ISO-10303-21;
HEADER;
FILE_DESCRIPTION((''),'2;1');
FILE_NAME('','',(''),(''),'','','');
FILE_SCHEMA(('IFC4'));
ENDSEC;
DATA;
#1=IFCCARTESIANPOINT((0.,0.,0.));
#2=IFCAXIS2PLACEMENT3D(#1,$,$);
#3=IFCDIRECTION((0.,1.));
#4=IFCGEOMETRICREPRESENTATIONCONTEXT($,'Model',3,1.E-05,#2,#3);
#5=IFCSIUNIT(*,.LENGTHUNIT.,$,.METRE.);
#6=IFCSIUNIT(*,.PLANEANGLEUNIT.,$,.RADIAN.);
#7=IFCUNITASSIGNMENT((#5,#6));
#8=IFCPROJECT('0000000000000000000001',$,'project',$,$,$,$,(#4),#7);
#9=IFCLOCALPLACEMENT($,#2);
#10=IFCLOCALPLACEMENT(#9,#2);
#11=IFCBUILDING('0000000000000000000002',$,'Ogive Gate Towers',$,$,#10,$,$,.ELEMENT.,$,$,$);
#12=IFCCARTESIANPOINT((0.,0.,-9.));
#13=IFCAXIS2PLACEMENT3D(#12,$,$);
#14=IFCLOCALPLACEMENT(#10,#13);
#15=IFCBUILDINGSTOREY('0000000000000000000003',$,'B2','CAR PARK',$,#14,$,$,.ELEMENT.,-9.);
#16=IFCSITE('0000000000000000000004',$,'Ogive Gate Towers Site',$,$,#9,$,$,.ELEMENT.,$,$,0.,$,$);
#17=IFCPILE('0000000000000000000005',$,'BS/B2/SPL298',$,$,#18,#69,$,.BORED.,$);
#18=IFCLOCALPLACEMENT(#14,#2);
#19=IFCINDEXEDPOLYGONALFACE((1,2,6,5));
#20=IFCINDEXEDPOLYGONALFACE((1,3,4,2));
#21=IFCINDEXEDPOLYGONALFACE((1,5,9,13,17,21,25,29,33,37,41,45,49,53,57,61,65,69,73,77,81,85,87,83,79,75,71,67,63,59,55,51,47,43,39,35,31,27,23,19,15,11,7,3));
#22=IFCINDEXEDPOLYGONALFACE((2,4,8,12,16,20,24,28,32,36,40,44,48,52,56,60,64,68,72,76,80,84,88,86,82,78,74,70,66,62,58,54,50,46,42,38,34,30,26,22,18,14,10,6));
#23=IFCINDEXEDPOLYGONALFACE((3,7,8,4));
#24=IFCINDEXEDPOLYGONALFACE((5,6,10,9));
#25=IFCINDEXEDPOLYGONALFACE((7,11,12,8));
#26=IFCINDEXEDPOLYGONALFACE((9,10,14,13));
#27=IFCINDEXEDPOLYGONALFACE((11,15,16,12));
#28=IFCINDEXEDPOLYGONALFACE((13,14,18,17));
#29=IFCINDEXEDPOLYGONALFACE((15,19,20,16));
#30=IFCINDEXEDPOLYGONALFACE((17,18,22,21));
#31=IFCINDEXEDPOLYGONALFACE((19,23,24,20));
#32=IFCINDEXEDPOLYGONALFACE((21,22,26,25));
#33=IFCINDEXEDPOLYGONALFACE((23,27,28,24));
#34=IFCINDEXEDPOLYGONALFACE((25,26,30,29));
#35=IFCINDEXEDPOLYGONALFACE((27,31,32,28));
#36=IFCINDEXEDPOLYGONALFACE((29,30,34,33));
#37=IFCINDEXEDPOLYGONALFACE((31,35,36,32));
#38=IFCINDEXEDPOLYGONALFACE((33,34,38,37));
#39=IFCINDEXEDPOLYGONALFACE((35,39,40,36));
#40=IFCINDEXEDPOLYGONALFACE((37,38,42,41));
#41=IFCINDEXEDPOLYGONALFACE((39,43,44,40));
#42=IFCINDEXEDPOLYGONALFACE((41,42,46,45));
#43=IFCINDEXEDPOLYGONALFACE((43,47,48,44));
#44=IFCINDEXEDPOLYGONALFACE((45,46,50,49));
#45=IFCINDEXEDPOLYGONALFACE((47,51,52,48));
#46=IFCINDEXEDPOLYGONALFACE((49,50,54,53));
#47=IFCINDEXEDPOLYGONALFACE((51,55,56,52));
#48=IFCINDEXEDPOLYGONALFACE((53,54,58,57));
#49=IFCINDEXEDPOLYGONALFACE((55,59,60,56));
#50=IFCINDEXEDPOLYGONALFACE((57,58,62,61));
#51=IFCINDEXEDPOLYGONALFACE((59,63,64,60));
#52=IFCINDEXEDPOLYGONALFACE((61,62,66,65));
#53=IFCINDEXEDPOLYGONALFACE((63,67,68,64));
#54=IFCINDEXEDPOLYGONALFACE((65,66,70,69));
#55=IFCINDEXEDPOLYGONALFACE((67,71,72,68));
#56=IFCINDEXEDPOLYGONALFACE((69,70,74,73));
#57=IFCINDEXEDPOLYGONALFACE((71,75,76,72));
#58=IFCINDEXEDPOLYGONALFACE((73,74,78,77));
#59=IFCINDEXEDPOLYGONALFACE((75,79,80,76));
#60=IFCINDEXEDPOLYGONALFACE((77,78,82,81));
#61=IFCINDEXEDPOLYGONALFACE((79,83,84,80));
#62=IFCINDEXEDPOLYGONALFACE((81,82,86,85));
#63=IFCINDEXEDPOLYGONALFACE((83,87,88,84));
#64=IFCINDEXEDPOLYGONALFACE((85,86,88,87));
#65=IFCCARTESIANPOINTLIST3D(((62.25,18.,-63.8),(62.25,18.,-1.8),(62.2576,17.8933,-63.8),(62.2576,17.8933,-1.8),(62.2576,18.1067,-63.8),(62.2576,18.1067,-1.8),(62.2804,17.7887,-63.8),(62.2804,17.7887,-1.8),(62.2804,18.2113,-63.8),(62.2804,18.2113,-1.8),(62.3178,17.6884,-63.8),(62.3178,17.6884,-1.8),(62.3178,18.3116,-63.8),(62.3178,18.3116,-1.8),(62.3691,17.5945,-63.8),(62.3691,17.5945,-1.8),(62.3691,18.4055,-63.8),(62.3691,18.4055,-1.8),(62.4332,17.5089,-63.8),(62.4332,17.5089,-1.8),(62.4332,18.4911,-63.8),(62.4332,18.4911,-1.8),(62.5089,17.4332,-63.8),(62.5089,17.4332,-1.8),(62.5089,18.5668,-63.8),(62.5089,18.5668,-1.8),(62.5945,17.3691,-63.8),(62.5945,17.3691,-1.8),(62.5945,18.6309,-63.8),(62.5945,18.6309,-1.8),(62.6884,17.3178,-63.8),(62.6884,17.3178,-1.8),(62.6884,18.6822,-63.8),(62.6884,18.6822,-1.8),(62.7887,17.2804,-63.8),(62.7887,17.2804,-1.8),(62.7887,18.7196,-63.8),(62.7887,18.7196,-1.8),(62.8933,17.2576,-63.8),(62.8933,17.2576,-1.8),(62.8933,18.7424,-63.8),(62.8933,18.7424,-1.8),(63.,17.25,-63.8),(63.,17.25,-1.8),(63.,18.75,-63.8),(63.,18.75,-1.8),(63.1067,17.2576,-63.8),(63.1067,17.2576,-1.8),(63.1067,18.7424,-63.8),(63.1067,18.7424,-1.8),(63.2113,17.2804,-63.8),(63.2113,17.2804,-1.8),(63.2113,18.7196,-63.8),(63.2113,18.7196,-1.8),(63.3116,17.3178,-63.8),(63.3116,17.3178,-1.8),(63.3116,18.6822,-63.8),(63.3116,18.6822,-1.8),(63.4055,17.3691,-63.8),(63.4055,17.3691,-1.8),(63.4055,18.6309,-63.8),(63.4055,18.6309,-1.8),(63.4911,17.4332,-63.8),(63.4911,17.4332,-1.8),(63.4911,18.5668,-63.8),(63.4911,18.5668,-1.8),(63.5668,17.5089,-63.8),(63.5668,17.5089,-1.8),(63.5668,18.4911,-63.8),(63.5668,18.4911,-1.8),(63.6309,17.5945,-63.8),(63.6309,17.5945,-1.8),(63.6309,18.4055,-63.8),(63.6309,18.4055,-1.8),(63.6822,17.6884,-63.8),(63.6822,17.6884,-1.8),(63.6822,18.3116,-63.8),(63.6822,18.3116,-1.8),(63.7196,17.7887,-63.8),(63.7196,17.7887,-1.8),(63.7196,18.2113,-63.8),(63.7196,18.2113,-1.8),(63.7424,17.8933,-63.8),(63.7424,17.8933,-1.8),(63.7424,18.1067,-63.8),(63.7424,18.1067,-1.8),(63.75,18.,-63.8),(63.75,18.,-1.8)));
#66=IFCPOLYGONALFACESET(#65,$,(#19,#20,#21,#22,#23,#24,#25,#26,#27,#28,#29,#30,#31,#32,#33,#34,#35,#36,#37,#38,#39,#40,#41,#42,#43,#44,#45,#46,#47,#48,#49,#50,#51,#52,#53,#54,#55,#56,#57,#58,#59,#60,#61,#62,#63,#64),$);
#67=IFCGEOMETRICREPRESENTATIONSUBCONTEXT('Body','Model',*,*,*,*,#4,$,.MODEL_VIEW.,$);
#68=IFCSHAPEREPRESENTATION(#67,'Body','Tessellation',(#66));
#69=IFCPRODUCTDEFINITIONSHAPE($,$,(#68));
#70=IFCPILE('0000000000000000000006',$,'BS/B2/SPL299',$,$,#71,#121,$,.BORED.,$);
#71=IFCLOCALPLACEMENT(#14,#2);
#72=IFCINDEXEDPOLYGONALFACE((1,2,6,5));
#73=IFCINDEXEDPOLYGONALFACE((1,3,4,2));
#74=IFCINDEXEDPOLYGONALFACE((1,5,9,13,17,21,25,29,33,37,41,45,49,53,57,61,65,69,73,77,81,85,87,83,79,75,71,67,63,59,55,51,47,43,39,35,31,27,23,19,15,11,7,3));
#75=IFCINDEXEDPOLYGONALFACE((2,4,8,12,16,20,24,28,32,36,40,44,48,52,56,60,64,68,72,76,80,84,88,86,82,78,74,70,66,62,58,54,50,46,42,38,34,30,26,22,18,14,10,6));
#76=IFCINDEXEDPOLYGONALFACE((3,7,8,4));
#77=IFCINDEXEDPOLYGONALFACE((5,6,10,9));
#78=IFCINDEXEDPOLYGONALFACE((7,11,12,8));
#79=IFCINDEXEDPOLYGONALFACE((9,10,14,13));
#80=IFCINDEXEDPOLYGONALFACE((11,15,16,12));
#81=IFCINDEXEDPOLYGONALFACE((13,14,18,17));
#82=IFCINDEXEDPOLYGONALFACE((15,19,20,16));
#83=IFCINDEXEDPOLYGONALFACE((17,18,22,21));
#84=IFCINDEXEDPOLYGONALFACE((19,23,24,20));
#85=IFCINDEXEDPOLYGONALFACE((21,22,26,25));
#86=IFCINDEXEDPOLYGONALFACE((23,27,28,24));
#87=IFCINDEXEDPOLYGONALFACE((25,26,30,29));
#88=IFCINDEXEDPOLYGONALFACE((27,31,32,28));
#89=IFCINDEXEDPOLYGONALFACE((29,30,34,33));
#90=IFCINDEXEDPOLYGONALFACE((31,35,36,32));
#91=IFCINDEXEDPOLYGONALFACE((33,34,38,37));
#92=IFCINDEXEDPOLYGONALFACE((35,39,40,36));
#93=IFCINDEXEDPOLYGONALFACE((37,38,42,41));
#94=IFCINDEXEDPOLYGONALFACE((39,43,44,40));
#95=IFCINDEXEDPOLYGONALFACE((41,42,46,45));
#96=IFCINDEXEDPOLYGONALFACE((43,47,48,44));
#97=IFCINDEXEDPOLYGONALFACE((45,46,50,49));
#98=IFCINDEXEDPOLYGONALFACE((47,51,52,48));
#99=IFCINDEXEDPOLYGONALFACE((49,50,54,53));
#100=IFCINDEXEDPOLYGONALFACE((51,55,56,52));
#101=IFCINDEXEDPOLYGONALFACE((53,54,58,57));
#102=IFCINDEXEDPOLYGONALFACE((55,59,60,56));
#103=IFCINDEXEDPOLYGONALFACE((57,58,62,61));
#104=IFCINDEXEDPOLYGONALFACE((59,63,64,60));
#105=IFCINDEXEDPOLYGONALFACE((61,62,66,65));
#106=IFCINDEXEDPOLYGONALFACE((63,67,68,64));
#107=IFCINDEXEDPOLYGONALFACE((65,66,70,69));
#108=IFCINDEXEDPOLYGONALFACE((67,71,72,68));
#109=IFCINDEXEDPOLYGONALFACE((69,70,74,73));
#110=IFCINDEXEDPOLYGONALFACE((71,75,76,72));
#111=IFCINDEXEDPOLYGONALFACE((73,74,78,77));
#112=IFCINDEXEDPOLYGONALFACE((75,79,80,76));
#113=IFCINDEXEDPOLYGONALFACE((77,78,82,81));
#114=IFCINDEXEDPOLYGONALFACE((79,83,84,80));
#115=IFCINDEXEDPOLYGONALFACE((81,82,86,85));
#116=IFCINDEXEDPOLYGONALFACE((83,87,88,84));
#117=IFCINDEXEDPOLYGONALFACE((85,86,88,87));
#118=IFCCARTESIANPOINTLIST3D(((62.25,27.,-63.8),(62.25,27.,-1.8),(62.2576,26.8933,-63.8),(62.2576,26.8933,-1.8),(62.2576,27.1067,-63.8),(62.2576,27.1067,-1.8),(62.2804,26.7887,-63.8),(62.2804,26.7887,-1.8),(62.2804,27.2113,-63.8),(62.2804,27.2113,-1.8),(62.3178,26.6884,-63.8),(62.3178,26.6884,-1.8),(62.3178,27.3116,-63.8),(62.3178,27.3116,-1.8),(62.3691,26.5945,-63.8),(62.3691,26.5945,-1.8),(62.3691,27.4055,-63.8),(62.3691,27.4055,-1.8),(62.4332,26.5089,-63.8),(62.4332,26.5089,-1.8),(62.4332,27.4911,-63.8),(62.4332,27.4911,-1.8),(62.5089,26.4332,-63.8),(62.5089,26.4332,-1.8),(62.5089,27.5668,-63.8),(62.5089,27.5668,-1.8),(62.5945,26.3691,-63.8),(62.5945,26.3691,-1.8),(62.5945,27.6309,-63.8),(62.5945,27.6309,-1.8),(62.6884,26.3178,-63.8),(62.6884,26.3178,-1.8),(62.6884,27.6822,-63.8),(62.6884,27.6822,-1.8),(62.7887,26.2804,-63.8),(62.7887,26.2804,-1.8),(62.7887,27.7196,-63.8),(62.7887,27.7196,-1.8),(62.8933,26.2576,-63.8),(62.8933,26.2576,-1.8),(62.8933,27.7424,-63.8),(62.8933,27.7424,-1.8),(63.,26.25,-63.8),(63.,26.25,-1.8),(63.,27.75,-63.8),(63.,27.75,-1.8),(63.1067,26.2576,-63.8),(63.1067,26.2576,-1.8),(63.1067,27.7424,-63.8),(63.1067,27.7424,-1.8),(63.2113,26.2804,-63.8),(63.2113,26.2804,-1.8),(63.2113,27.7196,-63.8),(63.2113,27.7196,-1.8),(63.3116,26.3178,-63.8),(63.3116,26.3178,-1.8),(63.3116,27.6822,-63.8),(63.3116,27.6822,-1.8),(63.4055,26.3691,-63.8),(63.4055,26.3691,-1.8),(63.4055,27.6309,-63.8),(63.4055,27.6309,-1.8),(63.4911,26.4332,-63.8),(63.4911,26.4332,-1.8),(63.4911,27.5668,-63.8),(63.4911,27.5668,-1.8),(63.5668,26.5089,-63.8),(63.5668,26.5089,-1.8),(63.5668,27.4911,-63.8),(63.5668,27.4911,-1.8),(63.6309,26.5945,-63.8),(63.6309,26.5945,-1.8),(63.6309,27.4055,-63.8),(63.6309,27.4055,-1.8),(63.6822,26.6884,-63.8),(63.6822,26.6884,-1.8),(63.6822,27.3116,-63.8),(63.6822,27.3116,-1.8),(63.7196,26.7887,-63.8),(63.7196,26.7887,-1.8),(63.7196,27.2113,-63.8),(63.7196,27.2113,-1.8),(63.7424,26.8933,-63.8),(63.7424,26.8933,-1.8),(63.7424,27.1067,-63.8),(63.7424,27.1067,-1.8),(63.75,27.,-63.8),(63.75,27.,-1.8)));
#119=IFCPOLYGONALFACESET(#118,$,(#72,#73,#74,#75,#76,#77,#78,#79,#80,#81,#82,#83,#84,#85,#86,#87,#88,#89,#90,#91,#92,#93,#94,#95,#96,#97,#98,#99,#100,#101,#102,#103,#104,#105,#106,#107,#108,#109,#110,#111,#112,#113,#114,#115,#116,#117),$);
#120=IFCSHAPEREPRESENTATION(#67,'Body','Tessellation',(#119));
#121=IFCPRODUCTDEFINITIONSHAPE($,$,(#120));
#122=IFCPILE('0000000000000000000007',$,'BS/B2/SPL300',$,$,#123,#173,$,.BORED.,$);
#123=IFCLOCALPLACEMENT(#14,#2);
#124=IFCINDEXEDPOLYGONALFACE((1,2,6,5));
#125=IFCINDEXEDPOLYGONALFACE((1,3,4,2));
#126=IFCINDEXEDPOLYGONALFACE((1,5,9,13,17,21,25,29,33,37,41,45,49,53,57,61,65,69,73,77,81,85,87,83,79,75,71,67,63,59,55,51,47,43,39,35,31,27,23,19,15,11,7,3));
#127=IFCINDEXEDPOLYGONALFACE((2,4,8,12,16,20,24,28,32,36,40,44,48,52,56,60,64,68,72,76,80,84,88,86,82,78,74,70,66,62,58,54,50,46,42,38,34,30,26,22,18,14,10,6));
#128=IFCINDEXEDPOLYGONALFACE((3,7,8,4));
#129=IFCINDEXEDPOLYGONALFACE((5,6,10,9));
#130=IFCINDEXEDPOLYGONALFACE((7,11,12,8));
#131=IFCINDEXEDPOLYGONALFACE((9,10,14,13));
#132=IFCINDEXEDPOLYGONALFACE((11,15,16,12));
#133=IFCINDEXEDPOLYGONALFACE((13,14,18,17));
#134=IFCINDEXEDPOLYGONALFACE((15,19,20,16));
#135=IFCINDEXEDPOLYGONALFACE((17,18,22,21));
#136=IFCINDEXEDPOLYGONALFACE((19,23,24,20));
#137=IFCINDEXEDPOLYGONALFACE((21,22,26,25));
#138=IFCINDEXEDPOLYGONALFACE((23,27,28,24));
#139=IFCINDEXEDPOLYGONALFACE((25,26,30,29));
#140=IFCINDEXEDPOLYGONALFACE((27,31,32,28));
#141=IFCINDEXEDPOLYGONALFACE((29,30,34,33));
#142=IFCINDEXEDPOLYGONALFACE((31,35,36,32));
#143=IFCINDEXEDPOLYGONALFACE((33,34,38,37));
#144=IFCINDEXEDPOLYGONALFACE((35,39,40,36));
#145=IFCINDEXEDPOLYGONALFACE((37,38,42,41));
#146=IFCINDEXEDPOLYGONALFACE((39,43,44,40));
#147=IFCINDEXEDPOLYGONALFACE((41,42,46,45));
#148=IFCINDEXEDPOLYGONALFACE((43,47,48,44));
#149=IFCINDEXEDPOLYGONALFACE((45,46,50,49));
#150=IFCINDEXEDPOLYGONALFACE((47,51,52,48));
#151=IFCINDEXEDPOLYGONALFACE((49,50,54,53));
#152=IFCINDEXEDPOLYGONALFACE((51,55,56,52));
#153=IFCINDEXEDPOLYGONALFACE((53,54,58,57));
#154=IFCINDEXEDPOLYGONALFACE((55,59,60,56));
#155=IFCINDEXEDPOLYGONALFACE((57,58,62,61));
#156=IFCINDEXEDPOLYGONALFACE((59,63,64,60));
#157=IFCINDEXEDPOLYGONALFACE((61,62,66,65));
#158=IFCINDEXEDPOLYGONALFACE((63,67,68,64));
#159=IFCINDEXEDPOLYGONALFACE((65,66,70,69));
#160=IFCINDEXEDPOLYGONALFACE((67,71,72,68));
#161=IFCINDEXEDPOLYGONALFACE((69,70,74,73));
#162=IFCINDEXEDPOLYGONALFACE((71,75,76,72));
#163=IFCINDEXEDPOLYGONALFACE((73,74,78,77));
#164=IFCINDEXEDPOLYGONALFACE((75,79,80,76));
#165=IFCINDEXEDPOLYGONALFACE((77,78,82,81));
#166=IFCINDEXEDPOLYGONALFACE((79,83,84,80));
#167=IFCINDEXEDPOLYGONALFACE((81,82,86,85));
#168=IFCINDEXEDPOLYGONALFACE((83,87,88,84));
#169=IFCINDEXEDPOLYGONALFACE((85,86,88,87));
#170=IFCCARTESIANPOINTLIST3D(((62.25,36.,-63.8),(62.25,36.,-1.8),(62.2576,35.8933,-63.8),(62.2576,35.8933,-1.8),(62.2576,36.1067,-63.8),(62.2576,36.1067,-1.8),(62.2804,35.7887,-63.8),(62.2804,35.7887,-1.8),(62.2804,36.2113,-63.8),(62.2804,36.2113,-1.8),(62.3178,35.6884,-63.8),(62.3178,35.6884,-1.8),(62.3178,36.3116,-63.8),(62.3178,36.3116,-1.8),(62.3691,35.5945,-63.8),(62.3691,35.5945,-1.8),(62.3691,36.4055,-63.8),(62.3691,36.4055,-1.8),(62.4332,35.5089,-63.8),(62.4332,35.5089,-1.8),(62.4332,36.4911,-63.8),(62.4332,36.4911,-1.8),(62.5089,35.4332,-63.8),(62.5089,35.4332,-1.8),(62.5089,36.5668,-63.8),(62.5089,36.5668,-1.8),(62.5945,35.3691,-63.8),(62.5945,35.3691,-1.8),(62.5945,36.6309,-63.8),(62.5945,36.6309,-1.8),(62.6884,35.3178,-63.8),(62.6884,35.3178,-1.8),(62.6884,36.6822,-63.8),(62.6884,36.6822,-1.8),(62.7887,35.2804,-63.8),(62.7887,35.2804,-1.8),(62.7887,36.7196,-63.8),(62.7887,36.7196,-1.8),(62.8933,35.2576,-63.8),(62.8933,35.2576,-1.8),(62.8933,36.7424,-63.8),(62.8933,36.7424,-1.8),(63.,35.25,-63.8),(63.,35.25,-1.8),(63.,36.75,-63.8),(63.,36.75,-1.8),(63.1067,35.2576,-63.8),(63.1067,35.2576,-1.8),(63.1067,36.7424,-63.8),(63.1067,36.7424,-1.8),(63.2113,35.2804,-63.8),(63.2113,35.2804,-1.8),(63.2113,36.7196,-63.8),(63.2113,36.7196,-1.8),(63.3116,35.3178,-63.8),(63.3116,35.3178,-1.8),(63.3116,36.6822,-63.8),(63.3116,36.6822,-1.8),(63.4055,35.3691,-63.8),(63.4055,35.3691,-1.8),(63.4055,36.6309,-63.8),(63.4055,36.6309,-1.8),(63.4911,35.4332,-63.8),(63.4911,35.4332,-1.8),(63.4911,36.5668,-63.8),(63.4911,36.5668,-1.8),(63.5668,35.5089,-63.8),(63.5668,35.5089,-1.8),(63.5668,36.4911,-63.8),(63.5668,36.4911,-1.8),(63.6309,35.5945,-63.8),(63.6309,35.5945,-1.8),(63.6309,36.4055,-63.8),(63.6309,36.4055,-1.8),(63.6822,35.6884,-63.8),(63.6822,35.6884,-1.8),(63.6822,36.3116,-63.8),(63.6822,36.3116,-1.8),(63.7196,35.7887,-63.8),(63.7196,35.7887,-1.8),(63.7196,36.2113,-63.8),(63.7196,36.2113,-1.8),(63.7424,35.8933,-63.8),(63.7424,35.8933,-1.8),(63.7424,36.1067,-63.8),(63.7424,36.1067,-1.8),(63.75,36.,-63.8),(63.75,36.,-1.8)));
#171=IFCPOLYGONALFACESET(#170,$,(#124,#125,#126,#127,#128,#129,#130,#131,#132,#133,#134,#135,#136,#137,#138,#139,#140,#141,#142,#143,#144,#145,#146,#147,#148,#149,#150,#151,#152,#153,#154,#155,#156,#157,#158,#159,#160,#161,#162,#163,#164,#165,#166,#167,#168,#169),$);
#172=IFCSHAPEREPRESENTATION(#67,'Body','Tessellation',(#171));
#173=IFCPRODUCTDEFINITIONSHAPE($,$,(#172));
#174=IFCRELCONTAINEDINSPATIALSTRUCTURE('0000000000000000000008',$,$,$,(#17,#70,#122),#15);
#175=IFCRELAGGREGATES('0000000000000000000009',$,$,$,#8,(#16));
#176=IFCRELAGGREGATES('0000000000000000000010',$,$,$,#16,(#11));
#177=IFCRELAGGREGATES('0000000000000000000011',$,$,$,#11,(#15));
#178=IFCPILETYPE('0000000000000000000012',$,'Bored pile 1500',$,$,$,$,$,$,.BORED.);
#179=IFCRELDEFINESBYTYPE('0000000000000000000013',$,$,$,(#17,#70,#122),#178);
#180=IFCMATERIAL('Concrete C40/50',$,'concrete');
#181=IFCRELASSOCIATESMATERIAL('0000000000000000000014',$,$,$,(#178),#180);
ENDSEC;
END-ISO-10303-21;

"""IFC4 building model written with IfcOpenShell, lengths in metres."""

from ifc_helpers import new_model, si_unit, direction, frame, origin, origin_2d, place, context, subcontext, project, spatial, circle, extrude, material, material_profile, profile_set, type_object, element, save


model = new_model("IFC4")

# Units and contexts
model_context = context("Model", 3, precision=1e-05, world=origin(), true_north=direction((0.0, 1.0)))
body_context = subcontext(model_context, "Body", "Model", "MODEL_VIEW")
ifc_project = project(units=[si_unit("LENGTHUNIT", "METRE"), si_unit("PLANEANGLEUNIT", "RADIAN")], contexts=[model_context])

# Site, building, storey
site_placement = place(None, origin())
site = spatial("IfcSite", under=ifc_project, at=site_placement, Name="Ogive Gate Towers Site", CompositionType="ELEMENT", RefElevation=0.0)
building_placement = place(site_placement, origin())
building = spatial("IfcBuilding", under=site, at=building_placement, Name="Ogive Gate Towers", CompositionType="ELEMENT")
storey_placement = place(building_placement, frame((0.0, 0.0, -9.0)))
storey = spatial("IfcBuildingStorey", under=building, at=storey_placement, Name="B2", Description="CAR PARK", CompositionType="ELEMENT", Elevation=-9.0)

# Piles
ifc_material_1 = material(Name="Concrete C40/50", Category="concrete")
ifc_material_profile_1 = material_profile(ifc_material_1, circle(Radius=0.75, at=origin_2d()), Name="BP 1500")
ifc_profile_set_1 = profile_set([ifc_material_profile_1], Name="Concrete C40/50")
pile_type = type_object("IfcPileType", Name="Bored pile 1500", PredefinedType="BORED", material=ifc_profile_set_1)
for number, where, z_axis, x_axis, name in (
    (1, (63.0, 18.0, -1.8), (0.0, 0.0, -1.0), (1.0, 0.0, 0.0), "BS/B2/SPL298"),
    (2, (63.0, 27.0, -1.8), (0.0, 0.0, -1.0), (1.0, 0.0, 0.0), "BS/B2/SPL299"),
    (3, (63.0, 36.0, -1.8), (0.0, 0.0, -1.0), (1.0, 0.0, 0.0), "BS/B2/SPL300"),
):
    element("IfcPile", number, at=place(storey_placement, frame(where, z_axis=z_axis, x_axis=x_axis)), inside=storey, type_object=pile_type, Name=name, PredefinedType="BORED", context=body_context, shape_type="SweptSolid", body=[
        extrude(circle(Radius=0.75, at=origin_2d()), origin(), (0.0, 0.0, 1.0), 62.0),
    ])

save(model, "model.ifc")
